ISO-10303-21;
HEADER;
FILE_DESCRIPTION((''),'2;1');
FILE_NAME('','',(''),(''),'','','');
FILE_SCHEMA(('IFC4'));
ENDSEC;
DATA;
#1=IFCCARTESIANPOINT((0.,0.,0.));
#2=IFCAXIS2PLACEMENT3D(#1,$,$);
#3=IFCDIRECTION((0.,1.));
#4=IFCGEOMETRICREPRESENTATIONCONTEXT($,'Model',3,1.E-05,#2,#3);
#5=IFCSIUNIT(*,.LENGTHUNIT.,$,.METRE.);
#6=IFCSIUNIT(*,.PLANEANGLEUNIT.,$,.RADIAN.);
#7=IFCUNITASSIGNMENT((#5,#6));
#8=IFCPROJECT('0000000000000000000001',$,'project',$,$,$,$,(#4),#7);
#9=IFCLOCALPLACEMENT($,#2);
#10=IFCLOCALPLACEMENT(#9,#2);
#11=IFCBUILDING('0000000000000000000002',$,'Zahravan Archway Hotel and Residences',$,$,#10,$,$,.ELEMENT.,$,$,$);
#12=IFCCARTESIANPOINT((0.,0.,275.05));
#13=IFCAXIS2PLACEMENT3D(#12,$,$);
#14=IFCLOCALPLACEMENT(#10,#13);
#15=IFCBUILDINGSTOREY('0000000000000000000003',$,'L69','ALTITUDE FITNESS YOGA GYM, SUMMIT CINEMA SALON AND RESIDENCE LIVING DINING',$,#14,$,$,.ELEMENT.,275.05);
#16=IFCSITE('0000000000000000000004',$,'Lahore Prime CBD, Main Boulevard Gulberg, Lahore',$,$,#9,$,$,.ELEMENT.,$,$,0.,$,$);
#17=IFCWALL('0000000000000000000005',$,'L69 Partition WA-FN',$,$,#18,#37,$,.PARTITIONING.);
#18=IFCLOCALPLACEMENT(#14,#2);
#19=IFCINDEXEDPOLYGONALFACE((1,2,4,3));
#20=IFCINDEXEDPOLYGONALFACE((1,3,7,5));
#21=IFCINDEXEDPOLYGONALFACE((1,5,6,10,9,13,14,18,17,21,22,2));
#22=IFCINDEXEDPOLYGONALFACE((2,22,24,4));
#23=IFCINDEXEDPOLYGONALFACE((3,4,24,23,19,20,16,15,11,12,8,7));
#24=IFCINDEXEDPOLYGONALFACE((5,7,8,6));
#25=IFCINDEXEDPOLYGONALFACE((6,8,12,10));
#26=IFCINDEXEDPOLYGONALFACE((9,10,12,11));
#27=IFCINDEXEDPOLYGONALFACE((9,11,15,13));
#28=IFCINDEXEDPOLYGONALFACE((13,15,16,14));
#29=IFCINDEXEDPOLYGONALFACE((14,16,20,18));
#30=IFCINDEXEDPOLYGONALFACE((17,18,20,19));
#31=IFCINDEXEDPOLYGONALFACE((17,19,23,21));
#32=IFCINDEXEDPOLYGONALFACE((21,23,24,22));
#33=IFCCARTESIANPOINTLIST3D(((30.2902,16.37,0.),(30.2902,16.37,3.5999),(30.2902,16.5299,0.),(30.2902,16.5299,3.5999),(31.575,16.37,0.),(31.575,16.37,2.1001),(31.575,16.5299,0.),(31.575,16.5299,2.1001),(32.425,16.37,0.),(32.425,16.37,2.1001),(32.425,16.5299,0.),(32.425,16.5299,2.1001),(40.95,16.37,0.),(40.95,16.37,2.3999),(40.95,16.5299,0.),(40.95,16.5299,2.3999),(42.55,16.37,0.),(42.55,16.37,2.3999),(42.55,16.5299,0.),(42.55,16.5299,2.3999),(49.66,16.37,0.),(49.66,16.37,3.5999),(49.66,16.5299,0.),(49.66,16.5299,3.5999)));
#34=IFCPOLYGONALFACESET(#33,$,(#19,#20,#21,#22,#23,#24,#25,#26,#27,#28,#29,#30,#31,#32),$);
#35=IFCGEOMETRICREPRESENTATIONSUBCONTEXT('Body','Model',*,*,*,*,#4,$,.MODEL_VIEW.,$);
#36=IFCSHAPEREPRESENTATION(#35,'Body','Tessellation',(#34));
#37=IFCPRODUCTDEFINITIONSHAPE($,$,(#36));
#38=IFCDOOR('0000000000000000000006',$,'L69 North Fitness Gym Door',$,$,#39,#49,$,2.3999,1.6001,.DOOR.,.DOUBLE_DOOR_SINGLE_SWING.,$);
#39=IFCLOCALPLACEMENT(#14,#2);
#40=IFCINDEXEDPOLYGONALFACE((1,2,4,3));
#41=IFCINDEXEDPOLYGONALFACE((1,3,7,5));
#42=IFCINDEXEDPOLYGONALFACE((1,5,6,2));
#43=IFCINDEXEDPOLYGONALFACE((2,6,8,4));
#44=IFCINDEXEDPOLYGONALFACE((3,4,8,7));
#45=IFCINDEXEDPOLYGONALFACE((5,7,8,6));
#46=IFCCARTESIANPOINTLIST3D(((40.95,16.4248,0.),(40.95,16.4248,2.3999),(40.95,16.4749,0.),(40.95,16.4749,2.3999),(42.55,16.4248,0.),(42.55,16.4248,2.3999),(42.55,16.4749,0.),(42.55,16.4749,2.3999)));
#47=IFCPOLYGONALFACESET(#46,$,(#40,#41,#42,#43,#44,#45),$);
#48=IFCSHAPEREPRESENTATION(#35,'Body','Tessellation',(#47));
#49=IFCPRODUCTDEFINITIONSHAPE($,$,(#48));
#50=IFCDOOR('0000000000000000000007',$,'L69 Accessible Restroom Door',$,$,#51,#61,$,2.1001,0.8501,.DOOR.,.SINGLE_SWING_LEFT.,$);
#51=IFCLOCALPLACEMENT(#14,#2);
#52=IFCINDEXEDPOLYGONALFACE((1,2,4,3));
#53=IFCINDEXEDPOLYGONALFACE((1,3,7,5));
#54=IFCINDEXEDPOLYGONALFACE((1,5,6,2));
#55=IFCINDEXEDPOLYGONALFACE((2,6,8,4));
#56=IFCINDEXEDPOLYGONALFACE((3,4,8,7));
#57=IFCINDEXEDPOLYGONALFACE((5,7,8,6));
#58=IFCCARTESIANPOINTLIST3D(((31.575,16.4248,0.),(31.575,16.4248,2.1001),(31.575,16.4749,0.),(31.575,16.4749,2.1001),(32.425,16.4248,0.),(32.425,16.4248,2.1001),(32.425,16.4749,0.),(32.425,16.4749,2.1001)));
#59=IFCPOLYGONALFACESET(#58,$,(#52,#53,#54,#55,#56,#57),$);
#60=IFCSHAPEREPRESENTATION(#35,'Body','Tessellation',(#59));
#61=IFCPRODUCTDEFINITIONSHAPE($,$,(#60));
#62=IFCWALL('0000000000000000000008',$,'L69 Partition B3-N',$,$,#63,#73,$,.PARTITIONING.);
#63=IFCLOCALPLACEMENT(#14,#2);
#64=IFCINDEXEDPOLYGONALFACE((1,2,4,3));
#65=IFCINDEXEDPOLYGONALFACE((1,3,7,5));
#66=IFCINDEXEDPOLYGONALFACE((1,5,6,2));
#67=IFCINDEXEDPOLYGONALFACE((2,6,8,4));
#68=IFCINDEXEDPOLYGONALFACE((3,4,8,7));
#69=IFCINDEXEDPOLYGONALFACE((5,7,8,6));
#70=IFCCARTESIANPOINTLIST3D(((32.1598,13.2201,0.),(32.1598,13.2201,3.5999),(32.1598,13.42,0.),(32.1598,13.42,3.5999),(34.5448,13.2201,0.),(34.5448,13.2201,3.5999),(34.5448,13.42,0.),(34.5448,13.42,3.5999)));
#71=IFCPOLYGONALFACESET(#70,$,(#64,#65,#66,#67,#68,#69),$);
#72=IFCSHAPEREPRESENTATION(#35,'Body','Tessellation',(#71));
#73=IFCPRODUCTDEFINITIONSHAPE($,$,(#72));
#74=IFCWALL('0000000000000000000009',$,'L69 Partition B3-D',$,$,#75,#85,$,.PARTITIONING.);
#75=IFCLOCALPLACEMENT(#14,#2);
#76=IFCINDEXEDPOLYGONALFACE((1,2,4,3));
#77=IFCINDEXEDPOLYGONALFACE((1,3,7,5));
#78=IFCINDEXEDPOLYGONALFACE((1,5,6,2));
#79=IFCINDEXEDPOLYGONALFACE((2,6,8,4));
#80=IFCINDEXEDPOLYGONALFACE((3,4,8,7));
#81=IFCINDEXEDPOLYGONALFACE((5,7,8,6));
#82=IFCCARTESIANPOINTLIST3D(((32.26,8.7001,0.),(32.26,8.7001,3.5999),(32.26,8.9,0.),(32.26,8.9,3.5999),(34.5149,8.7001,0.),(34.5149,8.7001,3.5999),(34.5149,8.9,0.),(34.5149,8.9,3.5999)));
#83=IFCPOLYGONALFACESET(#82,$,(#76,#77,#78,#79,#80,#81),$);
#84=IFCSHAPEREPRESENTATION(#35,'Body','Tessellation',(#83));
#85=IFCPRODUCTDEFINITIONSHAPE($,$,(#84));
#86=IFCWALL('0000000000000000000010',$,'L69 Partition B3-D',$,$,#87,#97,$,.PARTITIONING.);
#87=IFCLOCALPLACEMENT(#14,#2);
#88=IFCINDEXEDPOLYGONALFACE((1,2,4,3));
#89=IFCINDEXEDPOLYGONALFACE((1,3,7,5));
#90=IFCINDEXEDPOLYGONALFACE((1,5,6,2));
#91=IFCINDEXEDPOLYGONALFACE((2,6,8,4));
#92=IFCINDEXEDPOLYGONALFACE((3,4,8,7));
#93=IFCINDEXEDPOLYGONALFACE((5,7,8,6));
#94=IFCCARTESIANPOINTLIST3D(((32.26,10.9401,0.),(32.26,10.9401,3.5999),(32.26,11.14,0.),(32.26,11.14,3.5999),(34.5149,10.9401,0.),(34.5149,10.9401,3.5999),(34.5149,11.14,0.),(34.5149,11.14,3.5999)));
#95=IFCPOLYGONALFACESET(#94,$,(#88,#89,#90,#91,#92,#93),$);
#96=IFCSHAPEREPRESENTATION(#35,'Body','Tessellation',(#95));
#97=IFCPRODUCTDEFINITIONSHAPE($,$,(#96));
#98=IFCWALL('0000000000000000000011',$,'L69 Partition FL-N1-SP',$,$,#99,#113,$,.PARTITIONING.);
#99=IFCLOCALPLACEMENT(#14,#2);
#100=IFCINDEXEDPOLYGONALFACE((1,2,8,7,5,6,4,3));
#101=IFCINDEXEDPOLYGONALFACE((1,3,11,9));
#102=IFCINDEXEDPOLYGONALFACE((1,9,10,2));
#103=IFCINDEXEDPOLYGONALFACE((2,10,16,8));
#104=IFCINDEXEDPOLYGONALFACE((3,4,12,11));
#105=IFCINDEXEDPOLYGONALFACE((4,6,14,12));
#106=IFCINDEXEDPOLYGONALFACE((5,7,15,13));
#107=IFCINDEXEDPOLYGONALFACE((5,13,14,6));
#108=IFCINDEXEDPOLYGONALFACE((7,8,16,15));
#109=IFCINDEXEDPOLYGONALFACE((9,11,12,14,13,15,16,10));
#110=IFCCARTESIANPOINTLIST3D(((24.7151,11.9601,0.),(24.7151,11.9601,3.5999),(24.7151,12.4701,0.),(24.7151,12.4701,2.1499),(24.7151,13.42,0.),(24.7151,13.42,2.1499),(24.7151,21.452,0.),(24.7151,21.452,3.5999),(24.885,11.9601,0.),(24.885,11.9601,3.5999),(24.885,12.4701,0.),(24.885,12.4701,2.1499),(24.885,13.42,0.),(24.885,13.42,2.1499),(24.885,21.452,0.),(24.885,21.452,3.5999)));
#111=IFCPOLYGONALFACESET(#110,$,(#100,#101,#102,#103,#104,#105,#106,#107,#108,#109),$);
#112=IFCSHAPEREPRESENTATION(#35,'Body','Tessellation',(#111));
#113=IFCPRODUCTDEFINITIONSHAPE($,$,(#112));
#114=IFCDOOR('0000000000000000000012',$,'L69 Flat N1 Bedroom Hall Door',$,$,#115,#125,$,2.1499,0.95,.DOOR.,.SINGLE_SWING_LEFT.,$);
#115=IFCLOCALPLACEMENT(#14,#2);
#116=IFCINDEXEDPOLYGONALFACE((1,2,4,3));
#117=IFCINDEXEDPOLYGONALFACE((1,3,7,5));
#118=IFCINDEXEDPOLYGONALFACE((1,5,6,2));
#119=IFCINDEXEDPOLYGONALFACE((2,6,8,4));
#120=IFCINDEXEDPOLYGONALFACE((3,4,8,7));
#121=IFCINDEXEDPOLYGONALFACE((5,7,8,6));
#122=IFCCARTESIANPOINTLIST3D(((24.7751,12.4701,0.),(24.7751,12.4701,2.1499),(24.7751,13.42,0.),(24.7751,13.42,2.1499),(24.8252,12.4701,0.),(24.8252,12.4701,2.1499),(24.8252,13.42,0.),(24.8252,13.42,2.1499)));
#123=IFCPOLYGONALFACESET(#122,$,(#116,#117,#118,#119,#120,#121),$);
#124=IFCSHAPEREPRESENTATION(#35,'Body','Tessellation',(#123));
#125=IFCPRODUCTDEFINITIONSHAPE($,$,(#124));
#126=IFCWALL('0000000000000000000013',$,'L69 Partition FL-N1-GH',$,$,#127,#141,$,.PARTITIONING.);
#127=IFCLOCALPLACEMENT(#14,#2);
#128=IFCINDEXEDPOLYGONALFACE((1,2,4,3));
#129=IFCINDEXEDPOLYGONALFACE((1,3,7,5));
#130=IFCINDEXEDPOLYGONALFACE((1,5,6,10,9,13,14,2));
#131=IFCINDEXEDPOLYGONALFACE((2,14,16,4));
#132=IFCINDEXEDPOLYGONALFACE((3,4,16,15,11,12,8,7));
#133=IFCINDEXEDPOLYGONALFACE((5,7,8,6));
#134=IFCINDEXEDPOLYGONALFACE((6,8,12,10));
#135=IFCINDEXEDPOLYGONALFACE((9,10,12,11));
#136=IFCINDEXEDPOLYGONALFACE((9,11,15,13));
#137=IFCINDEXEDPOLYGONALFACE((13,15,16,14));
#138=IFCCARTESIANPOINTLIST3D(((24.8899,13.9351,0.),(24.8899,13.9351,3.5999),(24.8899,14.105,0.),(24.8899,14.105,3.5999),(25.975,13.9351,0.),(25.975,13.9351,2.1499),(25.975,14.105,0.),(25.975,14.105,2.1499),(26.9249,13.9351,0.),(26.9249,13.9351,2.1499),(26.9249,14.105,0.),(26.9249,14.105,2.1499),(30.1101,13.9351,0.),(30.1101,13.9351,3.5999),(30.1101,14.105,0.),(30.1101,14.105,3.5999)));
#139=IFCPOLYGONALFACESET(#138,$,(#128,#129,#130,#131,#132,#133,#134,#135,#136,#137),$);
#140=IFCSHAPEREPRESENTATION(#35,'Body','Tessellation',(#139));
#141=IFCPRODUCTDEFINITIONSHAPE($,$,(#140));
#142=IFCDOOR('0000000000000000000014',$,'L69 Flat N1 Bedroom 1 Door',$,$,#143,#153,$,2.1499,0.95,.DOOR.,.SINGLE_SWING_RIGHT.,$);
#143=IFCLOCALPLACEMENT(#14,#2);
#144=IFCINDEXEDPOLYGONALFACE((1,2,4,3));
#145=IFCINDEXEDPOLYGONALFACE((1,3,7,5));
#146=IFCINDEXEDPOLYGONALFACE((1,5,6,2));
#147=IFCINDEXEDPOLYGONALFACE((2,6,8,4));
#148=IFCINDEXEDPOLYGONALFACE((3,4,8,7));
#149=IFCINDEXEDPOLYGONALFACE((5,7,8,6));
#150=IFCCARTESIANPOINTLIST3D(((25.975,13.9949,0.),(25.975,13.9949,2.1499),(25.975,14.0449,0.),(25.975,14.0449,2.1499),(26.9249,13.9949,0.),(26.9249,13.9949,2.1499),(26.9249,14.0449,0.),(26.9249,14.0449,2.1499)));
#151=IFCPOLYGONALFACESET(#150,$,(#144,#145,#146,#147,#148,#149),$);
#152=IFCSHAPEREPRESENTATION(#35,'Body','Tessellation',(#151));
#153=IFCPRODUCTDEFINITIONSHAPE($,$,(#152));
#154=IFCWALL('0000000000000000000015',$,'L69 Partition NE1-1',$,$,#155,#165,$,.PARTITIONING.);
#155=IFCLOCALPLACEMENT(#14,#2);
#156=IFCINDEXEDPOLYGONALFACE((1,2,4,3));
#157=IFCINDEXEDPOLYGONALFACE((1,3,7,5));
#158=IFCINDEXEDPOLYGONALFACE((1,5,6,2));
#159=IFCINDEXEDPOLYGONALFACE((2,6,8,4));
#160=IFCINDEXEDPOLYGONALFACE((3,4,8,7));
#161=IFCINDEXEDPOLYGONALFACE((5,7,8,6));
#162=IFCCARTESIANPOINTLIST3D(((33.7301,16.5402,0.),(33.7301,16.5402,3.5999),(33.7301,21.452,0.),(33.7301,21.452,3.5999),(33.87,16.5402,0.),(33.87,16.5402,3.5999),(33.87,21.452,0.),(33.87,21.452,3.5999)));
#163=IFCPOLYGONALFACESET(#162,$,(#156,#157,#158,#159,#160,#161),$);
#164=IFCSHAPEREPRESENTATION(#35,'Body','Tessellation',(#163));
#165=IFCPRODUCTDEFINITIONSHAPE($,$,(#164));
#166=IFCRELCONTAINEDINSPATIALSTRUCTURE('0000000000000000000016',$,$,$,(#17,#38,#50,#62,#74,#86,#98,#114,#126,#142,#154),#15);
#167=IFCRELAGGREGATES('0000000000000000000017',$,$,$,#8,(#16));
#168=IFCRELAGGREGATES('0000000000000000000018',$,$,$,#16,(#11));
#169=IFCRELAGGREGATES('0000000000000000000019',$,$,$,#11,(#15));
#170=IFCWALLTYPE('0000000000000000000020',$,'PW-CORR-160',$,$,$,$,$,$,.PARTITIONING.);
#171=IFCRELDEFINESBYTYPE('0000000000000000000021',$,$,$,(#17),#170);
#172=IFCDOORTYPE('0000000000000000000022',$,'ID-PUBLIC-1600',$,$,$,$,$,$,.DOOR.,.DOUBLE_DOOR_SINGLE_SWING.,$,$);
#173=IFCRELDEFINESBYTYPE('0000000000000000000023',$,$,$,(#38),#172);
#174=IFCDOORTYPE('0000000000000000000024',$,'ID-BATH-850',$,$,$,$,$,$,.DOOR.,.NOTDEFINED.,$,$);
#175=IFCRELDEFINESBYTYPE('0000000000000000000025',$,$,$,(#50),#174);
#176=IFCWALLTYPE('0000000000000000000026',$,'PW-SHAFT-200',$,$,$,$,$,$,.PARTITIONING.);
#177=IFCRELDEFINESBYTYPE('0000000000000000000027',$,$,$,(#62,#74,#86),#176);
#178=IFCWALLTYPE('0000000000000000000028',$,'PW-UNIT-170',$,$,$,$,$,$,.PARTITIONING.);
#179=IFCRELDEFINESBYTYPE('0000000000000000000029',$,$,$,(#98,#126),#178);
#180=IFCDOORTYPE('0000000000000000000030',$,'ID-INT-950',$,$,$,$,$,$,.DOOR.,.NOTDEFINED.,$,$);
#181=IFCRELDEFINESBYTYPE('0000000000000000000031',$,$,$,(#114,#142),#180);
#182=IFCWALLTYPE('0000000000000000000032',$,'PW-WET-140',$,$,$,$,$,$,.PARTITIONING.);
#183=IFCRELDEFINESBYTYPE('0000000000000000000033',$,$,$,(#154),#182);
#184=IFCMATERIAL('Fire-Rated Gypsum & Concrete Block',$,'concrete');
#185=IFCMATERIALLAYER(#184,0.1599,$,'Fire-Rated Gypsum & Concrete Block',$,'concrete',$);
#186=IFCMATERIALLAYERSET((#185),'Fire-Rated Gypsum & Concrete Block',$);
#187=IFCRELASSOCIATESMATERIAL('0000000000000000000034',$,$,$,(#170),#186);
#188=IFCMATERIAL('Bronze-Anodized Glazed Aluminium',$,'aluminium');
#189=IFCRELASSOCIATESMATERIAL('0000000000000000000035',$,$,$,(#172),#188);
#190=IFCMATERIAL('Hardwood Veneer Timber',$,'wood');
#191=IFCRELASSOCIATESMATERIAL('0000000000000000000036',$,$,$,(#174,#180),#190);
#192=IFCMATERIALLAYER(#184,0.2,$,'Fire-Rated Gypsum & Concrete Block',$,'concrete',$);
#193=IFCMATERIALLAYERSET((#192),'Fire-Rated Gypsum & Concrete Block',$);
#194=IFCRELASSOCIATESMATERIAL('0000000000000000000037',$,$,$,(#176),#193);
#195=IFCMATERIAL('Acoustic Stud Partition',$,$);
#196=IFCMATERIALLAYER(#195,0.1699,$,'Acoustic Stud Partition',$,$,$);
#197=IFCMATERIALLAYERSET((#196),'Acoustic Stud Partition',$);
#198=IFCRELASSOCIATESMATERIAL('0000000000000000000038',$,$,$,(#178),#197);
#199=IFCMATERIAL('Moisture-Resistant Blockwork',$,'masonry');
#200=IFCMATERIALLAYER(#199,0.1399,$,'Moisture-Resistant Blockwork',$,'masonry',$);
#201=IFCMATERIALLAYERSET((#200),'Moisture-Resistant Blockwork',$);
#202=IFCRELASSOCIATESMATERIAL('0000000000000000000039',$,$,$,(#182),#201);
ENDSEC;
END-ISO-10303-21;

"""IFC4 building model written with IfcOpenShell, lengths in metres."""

from ifc_helpers import new_model, si_unit, direction, frame, frame_2d, origin, place, context, subcontext, project, spatial, rectangle, extrude, source, transform, mapped, material, layer, layer_set, type_object, type_shapes, element, fill, save


model = new_model("IFC4")

# Units and contexts
model_context = context("Model", 3, precision=1e-05, world=origin(), true_north=direction((0.0, 1.0)))
body_context = subcontext(model_context, "Body", "Model", "MODEL_VIEW")
ifc_project = project(units=[si_unit("LENGTHUNIT", "METRE"), si_unit("PLANEANGLEUNIT", "RADIAN")], contexts=[model_context])

# Site, building, storey
site_placement = place(None, origin())
site = spatial("IfcSite", under=ifc_project, at=site_placement, Name="Lahore Prime CBD, Main Boulevard Gulberg, Lahore", CompositionType="ELEMENT", RefElevation=0.0)
building_placement = place(site_placement, origin())
building = spatial("IfcBuilding", under=site, at=building_placement, Name="Zahravan Archway Hotel and Residences", CompositionType="ELEMENT")
storey_placement = place(building_placement, frame((0.0, 0.0, 275.05)))
storey = spatial("IfcBuildingStorey", under=building, at=storey_placement, Name="L69", Description="ALTITUDE FITNESS YOGA GYM, SUMMIT CINEMA SALON AND RESIDENCE LIVING DINING", CompositionType="ELEMENT", Elevation=275.05)

# Shared definitions
ifc_material_1 = material(Name="Fire-Rated Gypsum & Concrete Block", Category="concrete")
ifc_layer_1 = layer(ifc_material_1, 0.1599, Name="Fire-Rated Gypsum & Concrete Block", Category="concrete")
ifc_layer_set_1 = layer_set([ifc_layer_1], Name="Fire-Rated Gypsum & Concrete Block")
wall_type_1 = type_object("IfcWallType", Name="PW-CORR-160", PredefinedType="PARTITIONING", material=ifc_layer_set_1)

# Wall, openings, doors
wall_1_placement = place(storey_placement, frame((30.29, 16.45, 0.0), z_axis=(0.0, 0.0, 1.0), x_axis=(1.0, 0.0, 0.0)))
wall_1 = element("IfcWall", 1, at=wall_1_placement, inside=storey, type_object=wall_type_1, Name="L69 Partition WA-FN", PredefinedType="PARTITIONING", context=body_context, shape_type="SweptSolid", body=[
    extrude(rectangle(XDim=19.3699, YDim=0.1599, at=frame_2d((9.6851, 0.0))), origin(), (0.0, 0.0, 1.0), 3.5999),
])
opening_1_placement = place(wall_1_placement, frame((1.2849, 0.0, 0.0)))
opening_1 = element("IfcOpeningElement", 2, at=opening_1_placement, cuts=wall_1, PredefinedType="OPENING", context=body_context, shape_type="SweptSolid", body=[
    extrude(rectangle(XDim=0.8501, YDim=2.1001, at=frame_2d((0.425, 1.05))), frame((0.0, 0.0898, 0.0), z_axis=(0.0, -1.0, 0.0), x_axis=(1.0, 0.0, 0.0)), (0.0, 0.0, 1.0), 0.1799),
])
opening_2_placement = place(wall_1_placement, frame((10.6599, 0.0, 0.0)))
opening_2 = element("IfcOpeningElement", 3, at=opening_2_placement, cuts=wall_1, PredefinedType="OPENING", context=body_context, shape_type="SweptSolid", body=[
    extrude(rectangle(XDim=1.6001, YDim=2.3999, at=frame_2d((0.8, 1.2))), frame((0.0, 0.0898, 0.0), z_axis=(0.0, -1.0, 0.0), x_axis=(1.0, 0.0, 0.0)), (0.0, 0.0, 1.0), 0.1799),
])
ifc_material_2 = material(Name="Bronze-Anodized Glazed Aluminium", Category="aluminium")
door_type_1 = type_object("IfcDoorType", Name="ID-PUBLIC-1600", OperationType="DOUBLE_DOOR_SINGLE_SWING", PredefinedType="DOOR", material=ifc_material_2)
shared_shape_1 = source(origin(), body_context, "Body", "SweptSolid", [
    extrude(rectangle(XDim=1.6001, YDim=2.3999, at=frame_2d((0.8, 1.2))), frame((0.0, 0.0249, 0.0), z_axis=(0.0, -1.0, 0.0), x_axis=(1.0, 0.0, 0.0)), (0.0, 0.0, 1.0), 0.05),
])
type_shapes(door_type_1, [shared_shape_1])
door_1_placement = place(opening_2_placement, origin())
door_1 = element("IfcDoor", 4, at=door_1_placement, inside=storey, type_object=door_type_1, Name="L69 North Fitness Gym Door", OperationType="DOUBLE_DOOR_SINGLE_SWING", OverallHeight=2.3999, OverallWidth=1.6001, PredefinedType="DOOR", context=body_context, shape_type="MappedRepresentation", body=[
    mapped(shared_shape_1, transform((0.0, 0.0, 0.0), scale=1.0)),
])
fill(opening_2, door_1)
ifc_material_3 = material(Name="Hardwood Veneer Timber", Category="wood")
door_type_2 = type_object("IfcDoorType", Name="ID-BATH-850", OperationType="NOTDEFINED", PredefinedType="DOOR", material=ifc_material_3)
shared_shape_2 = source(origin(), body_context, "Body", "SweptSolid", [
    extrude(rectangle(XDim=0.8501, YDim=2.1001, at=frame_2d((0.425, 1.05))), frame((0.0, 0.0249, 0.0), z_axis=(0.0, -1.0, 0.0), x_axis=(1.0, 0.0, 0.0)), (0.0, 0.0, 1.0), 0.05),
])
type_shapes(door_type_2, [shared_shape_2])
door_2_placement = place(opening_1_placement, origin())
door_2 = element("IfcDoor", 5, at=door_2_placement, inside=storey, type_object=door_type_2, Name="L69 Accessible Restroom Door", OperationType="SINGLE_SWING_LEFT", OverallHeight=2.1001, OverallWidth=0.8501, PredefinedType="DOOR", context=body_context, shape_type="MappedRepresentation", body=[
    mapped(shared_shape_2, transform((0.0, 0.0, 0.0), scale=1.0)),
])
fill(opening_1, door_2)

# Walls
ifc_layer_2 = layer(ifc_material_1, 0.2, Name="Fire-Rated Gypsum & Concrete Block", Category="concrete")
ifc_layer_set_2 = layer_set([ifc_layer_2], Name="Fire-Rated Gypsum & Concrete Block")
wall_type_2 = type_object("IfcWallType", Name="PW-SHAFT-200", PredefinedType="PARTITIONING", material=ifc_layer_set_2)
wall_2_placement = place(storey_placement, frame((32.1599, 13.3201, 0.0), z_axis=(0.0, 0.0, 1.0), x_axis=(1.0, 0.0, 0.0)))
element("IfcWall", 6, at=wall_2_placement, inside=storey, type_object=wall_type_2, Name="L69 Partition B3-N", PredefinedType="PARTITIONING", context=body_context, shape_type="SweptSolid", body=[
    extrude(rectangle(XDim=2.385, YDim=0.2, at=frame_2d((1.1924, 0.0))), origin(), (0.0, 0.0, 1.0), 3.5999),
])
for number, where, z_axis, x_axis, name in (
    (7, (32.26, 8.8, 0.0), (0.0, 0.0, 1.0), (1.0, 0.0, 0.0), "L69 Partition B3-D"),
    (8, (32.26, 11.04, 0.0), (0.0, 0.0, 1.0), (1.0, 0.0, 0.0), "L69 Partition B3-D"),
):
    element("IfcWall", number, at=place(storey_placement, frame(where, z_axis=z_axis, x_axis=x_axis)), inside=storey, type_object=wall_type_2, Name=name, PredefinedType="PARTITIONING", context=body_context, shape_type="SweptSolid", body=[
        extrude(rectangle(XDim=2.2549, YDim=0.2, at=frame_2d((1.1274, 0.0))), origin(), (0.0, 0.0, 1.0), 3.5999),
    ])

# Walls, openings, doors
ifc_material_4 = material(Name="Acoustic Stud Partition")
ifc_layer_3 = layer(ifc_material_4, 0.1699, Name="Acoustic Stud Partition")
ifc_layer_set_3 = layer_set([ifc_layer_3], Name="Acoustic Stud Partition")
wall_type_3 = type_object("IfcWallType", Name="PW-UNIT-170", PredefinedType="PARTITIONING", material=ifc_layer_set_3)
wall_3_placement = place(storey_placement, frame((24.8, 11.96, 0.0), z_axis=(0.0, 0.0, 1.0), x_axis=(0.0, 1.0, 0.0)))
wall_3 = element("IfcWall", 9, at=wall_3_placement, inside=storey, type_object=wall_type_3, Name="L69 Partition FL-N1-SP", PredefinedType="PARTITIONING", context=body_context, shape_type="SweptSolid", body=[
    extrude(rectangle(XDim=9.4919, YDim=0.1699, at=frame_2d((4.7461, 0.0))), origin(), (0.0, 0.0, 1.0), 3.5999),
])
opening_3_placement = place(wall_3_placement, frame((0.51, 0.0, 0.0)))
opening_3 = element("IfcOpeningElement", 10, at=opening_3_placement, cuts=wall_3, PredefinedType="OPENING", context=body_context, shape_type="SweptSolid", body=[
    extrude(rectangle(XDim=0.95, YDim=2.1499, at=frame_2d((0.4751, 1.075))), frame((0.0, 0.095, 0.0), z_axis=(0.0, -1.0, 0.0), x_axis=(1.0, 0.0, 0.0)), (0.0, 0.0, 1.0), 0.1899),
])
door_type_3 = type_object("IfcDoorType", Name="ID-INT-950", OperationType="NOTDEFINED", PredefinedType="DOOR", material=ifc_material_3)
shared_shape_3 = source(origin(), body_context, "Body", "SweptSolid", [
    extrude(rectangle(XDim=0.95, YDim=2.1499, at=frame_2d((0.4751, 1.075))), frame((0.0, 0.0249, 0.0), z_axis=(0.0, -1.0, 0.0), x_axis=(1.0, 0.0, 0.0)), (0.0, 0.0, 1.0), 0.05),
])
type_shapes(door_type_3, [shared_shape_3])
door_3_placement = place(opening_3_placement, origin())
door_3 = element("IfcDoor", 11, at=door_3_placement, inside=storey, type_object=door_type_3, Name="L69 Flat N1 Bedroom Hall Door", OperationType="SINGLE_SWING_LEFT", OverallHeight=2.1499, OverallWidth=0.95, PredefinedType="DOOR", context=body_context, shape_type="MappedRepresentation", body=[
    mapped(shared_shape_3, transform((0.0, 0.0, 0.0), scale=1.0)),
])
fill(opening_3, door_3)
wall_4_placement = place(storey_placement, frame((24.8899, 14.02, 0.0), z_axis=(0.0, 0.0, 1.0), x_axis=(1.0, 0.0, 0.0)))
wall_4 = element("IfcWall", 12, at=wall_4_placement, inside=storey, type_object=wall_type_3, Name="L69 Partition FL-N1-GH", PredefinedType="PARTITIONING", context=body_context, shape_type="SweptSolid", body=[
    extrude(rectangle(XDim=5.2202, YDim=0.1699, at=frame_2d((2.6101, 0.0))), origin(), (0.0, 0.0, 1.0), 3.5999),
])
opening_4_placement = place(wall_4_placement, frame((1.085, 0.0, 0.0)))
opening_4 = element("IfcOpeningElement", 13, at=opening_4_placement, cuts=wall_4, PredefinedType="OPENING", context=body_context, shape_type="SweptSolid", body=[
    extrude(rectangle(XDim=0.95, YDim=2.1499, at=frame_2d((0.4751, 1.075))), frame((0.0, 0.095, 0.0), z_axis=(0.0, -1.0, 0.0), x_axis=(1.0, 0.0, 0.0)), (0.0, 0.0, 1.0), 0.1899),
])
door_4_placement = place(opening_4_placement, origin())
door_4 = element("IfcDoor", 14, at=door_4_placement, inside=storey, type_object=door_type_3, Name="L69 Flat N1 Bedroom 1 Door", OperationType="SINGLE_SWING_RIGHT", OverallHeight=2.1499, OverallWidth=0.95, PredefinedType="DOOR", context=body_context, shape_type="MappedRepresentation", body=[
    mapped(shared_shape_3, transform((0.0, 0.0, 0.0), scale=1.0)),
])
fill(opening_4, door_4)

# Wall
ifc_material_5 = material(Name="Moisture-Resistant Blockwork", Category="masonry")
ifc_layer_4 = layer(ifc_material_5, 0.1399, Name="Moisture-Resistant Blockwork", Category="masonry")
ifc_layer_set_4 = layer_set([ifc_layer_4], Name="Moisture-Resistant Blockwork")
wall_type_4 = type_object("IfcWallType", Name="PW-WET-140", PredefinedType="PARTITIONING", material=ifc_layer_set_4)
wall_5_placement = place(storey_placement, frame((33.8, 16.54, 0.0), z_axis=(0.0, 0.0, 1.0), x_axis=(0.0, 1.0, 0.0)))
element("IfcWall", 15, at=wall_5_placement, inside=storey, type_object=wall_type_4, Name="L69 Partition NE1-1", PredefinedType="PARTITIONING", context=body_context, shape_type="SweptSolid", body=[
    extrude(rectangle(XDim=4.9119, YDim=0.1399, at=frame_2d((2.4561, 0.0))), origin(), (0.0, 0.0, 1.0), 3.5999),
])

save(model, "model.ifc")
